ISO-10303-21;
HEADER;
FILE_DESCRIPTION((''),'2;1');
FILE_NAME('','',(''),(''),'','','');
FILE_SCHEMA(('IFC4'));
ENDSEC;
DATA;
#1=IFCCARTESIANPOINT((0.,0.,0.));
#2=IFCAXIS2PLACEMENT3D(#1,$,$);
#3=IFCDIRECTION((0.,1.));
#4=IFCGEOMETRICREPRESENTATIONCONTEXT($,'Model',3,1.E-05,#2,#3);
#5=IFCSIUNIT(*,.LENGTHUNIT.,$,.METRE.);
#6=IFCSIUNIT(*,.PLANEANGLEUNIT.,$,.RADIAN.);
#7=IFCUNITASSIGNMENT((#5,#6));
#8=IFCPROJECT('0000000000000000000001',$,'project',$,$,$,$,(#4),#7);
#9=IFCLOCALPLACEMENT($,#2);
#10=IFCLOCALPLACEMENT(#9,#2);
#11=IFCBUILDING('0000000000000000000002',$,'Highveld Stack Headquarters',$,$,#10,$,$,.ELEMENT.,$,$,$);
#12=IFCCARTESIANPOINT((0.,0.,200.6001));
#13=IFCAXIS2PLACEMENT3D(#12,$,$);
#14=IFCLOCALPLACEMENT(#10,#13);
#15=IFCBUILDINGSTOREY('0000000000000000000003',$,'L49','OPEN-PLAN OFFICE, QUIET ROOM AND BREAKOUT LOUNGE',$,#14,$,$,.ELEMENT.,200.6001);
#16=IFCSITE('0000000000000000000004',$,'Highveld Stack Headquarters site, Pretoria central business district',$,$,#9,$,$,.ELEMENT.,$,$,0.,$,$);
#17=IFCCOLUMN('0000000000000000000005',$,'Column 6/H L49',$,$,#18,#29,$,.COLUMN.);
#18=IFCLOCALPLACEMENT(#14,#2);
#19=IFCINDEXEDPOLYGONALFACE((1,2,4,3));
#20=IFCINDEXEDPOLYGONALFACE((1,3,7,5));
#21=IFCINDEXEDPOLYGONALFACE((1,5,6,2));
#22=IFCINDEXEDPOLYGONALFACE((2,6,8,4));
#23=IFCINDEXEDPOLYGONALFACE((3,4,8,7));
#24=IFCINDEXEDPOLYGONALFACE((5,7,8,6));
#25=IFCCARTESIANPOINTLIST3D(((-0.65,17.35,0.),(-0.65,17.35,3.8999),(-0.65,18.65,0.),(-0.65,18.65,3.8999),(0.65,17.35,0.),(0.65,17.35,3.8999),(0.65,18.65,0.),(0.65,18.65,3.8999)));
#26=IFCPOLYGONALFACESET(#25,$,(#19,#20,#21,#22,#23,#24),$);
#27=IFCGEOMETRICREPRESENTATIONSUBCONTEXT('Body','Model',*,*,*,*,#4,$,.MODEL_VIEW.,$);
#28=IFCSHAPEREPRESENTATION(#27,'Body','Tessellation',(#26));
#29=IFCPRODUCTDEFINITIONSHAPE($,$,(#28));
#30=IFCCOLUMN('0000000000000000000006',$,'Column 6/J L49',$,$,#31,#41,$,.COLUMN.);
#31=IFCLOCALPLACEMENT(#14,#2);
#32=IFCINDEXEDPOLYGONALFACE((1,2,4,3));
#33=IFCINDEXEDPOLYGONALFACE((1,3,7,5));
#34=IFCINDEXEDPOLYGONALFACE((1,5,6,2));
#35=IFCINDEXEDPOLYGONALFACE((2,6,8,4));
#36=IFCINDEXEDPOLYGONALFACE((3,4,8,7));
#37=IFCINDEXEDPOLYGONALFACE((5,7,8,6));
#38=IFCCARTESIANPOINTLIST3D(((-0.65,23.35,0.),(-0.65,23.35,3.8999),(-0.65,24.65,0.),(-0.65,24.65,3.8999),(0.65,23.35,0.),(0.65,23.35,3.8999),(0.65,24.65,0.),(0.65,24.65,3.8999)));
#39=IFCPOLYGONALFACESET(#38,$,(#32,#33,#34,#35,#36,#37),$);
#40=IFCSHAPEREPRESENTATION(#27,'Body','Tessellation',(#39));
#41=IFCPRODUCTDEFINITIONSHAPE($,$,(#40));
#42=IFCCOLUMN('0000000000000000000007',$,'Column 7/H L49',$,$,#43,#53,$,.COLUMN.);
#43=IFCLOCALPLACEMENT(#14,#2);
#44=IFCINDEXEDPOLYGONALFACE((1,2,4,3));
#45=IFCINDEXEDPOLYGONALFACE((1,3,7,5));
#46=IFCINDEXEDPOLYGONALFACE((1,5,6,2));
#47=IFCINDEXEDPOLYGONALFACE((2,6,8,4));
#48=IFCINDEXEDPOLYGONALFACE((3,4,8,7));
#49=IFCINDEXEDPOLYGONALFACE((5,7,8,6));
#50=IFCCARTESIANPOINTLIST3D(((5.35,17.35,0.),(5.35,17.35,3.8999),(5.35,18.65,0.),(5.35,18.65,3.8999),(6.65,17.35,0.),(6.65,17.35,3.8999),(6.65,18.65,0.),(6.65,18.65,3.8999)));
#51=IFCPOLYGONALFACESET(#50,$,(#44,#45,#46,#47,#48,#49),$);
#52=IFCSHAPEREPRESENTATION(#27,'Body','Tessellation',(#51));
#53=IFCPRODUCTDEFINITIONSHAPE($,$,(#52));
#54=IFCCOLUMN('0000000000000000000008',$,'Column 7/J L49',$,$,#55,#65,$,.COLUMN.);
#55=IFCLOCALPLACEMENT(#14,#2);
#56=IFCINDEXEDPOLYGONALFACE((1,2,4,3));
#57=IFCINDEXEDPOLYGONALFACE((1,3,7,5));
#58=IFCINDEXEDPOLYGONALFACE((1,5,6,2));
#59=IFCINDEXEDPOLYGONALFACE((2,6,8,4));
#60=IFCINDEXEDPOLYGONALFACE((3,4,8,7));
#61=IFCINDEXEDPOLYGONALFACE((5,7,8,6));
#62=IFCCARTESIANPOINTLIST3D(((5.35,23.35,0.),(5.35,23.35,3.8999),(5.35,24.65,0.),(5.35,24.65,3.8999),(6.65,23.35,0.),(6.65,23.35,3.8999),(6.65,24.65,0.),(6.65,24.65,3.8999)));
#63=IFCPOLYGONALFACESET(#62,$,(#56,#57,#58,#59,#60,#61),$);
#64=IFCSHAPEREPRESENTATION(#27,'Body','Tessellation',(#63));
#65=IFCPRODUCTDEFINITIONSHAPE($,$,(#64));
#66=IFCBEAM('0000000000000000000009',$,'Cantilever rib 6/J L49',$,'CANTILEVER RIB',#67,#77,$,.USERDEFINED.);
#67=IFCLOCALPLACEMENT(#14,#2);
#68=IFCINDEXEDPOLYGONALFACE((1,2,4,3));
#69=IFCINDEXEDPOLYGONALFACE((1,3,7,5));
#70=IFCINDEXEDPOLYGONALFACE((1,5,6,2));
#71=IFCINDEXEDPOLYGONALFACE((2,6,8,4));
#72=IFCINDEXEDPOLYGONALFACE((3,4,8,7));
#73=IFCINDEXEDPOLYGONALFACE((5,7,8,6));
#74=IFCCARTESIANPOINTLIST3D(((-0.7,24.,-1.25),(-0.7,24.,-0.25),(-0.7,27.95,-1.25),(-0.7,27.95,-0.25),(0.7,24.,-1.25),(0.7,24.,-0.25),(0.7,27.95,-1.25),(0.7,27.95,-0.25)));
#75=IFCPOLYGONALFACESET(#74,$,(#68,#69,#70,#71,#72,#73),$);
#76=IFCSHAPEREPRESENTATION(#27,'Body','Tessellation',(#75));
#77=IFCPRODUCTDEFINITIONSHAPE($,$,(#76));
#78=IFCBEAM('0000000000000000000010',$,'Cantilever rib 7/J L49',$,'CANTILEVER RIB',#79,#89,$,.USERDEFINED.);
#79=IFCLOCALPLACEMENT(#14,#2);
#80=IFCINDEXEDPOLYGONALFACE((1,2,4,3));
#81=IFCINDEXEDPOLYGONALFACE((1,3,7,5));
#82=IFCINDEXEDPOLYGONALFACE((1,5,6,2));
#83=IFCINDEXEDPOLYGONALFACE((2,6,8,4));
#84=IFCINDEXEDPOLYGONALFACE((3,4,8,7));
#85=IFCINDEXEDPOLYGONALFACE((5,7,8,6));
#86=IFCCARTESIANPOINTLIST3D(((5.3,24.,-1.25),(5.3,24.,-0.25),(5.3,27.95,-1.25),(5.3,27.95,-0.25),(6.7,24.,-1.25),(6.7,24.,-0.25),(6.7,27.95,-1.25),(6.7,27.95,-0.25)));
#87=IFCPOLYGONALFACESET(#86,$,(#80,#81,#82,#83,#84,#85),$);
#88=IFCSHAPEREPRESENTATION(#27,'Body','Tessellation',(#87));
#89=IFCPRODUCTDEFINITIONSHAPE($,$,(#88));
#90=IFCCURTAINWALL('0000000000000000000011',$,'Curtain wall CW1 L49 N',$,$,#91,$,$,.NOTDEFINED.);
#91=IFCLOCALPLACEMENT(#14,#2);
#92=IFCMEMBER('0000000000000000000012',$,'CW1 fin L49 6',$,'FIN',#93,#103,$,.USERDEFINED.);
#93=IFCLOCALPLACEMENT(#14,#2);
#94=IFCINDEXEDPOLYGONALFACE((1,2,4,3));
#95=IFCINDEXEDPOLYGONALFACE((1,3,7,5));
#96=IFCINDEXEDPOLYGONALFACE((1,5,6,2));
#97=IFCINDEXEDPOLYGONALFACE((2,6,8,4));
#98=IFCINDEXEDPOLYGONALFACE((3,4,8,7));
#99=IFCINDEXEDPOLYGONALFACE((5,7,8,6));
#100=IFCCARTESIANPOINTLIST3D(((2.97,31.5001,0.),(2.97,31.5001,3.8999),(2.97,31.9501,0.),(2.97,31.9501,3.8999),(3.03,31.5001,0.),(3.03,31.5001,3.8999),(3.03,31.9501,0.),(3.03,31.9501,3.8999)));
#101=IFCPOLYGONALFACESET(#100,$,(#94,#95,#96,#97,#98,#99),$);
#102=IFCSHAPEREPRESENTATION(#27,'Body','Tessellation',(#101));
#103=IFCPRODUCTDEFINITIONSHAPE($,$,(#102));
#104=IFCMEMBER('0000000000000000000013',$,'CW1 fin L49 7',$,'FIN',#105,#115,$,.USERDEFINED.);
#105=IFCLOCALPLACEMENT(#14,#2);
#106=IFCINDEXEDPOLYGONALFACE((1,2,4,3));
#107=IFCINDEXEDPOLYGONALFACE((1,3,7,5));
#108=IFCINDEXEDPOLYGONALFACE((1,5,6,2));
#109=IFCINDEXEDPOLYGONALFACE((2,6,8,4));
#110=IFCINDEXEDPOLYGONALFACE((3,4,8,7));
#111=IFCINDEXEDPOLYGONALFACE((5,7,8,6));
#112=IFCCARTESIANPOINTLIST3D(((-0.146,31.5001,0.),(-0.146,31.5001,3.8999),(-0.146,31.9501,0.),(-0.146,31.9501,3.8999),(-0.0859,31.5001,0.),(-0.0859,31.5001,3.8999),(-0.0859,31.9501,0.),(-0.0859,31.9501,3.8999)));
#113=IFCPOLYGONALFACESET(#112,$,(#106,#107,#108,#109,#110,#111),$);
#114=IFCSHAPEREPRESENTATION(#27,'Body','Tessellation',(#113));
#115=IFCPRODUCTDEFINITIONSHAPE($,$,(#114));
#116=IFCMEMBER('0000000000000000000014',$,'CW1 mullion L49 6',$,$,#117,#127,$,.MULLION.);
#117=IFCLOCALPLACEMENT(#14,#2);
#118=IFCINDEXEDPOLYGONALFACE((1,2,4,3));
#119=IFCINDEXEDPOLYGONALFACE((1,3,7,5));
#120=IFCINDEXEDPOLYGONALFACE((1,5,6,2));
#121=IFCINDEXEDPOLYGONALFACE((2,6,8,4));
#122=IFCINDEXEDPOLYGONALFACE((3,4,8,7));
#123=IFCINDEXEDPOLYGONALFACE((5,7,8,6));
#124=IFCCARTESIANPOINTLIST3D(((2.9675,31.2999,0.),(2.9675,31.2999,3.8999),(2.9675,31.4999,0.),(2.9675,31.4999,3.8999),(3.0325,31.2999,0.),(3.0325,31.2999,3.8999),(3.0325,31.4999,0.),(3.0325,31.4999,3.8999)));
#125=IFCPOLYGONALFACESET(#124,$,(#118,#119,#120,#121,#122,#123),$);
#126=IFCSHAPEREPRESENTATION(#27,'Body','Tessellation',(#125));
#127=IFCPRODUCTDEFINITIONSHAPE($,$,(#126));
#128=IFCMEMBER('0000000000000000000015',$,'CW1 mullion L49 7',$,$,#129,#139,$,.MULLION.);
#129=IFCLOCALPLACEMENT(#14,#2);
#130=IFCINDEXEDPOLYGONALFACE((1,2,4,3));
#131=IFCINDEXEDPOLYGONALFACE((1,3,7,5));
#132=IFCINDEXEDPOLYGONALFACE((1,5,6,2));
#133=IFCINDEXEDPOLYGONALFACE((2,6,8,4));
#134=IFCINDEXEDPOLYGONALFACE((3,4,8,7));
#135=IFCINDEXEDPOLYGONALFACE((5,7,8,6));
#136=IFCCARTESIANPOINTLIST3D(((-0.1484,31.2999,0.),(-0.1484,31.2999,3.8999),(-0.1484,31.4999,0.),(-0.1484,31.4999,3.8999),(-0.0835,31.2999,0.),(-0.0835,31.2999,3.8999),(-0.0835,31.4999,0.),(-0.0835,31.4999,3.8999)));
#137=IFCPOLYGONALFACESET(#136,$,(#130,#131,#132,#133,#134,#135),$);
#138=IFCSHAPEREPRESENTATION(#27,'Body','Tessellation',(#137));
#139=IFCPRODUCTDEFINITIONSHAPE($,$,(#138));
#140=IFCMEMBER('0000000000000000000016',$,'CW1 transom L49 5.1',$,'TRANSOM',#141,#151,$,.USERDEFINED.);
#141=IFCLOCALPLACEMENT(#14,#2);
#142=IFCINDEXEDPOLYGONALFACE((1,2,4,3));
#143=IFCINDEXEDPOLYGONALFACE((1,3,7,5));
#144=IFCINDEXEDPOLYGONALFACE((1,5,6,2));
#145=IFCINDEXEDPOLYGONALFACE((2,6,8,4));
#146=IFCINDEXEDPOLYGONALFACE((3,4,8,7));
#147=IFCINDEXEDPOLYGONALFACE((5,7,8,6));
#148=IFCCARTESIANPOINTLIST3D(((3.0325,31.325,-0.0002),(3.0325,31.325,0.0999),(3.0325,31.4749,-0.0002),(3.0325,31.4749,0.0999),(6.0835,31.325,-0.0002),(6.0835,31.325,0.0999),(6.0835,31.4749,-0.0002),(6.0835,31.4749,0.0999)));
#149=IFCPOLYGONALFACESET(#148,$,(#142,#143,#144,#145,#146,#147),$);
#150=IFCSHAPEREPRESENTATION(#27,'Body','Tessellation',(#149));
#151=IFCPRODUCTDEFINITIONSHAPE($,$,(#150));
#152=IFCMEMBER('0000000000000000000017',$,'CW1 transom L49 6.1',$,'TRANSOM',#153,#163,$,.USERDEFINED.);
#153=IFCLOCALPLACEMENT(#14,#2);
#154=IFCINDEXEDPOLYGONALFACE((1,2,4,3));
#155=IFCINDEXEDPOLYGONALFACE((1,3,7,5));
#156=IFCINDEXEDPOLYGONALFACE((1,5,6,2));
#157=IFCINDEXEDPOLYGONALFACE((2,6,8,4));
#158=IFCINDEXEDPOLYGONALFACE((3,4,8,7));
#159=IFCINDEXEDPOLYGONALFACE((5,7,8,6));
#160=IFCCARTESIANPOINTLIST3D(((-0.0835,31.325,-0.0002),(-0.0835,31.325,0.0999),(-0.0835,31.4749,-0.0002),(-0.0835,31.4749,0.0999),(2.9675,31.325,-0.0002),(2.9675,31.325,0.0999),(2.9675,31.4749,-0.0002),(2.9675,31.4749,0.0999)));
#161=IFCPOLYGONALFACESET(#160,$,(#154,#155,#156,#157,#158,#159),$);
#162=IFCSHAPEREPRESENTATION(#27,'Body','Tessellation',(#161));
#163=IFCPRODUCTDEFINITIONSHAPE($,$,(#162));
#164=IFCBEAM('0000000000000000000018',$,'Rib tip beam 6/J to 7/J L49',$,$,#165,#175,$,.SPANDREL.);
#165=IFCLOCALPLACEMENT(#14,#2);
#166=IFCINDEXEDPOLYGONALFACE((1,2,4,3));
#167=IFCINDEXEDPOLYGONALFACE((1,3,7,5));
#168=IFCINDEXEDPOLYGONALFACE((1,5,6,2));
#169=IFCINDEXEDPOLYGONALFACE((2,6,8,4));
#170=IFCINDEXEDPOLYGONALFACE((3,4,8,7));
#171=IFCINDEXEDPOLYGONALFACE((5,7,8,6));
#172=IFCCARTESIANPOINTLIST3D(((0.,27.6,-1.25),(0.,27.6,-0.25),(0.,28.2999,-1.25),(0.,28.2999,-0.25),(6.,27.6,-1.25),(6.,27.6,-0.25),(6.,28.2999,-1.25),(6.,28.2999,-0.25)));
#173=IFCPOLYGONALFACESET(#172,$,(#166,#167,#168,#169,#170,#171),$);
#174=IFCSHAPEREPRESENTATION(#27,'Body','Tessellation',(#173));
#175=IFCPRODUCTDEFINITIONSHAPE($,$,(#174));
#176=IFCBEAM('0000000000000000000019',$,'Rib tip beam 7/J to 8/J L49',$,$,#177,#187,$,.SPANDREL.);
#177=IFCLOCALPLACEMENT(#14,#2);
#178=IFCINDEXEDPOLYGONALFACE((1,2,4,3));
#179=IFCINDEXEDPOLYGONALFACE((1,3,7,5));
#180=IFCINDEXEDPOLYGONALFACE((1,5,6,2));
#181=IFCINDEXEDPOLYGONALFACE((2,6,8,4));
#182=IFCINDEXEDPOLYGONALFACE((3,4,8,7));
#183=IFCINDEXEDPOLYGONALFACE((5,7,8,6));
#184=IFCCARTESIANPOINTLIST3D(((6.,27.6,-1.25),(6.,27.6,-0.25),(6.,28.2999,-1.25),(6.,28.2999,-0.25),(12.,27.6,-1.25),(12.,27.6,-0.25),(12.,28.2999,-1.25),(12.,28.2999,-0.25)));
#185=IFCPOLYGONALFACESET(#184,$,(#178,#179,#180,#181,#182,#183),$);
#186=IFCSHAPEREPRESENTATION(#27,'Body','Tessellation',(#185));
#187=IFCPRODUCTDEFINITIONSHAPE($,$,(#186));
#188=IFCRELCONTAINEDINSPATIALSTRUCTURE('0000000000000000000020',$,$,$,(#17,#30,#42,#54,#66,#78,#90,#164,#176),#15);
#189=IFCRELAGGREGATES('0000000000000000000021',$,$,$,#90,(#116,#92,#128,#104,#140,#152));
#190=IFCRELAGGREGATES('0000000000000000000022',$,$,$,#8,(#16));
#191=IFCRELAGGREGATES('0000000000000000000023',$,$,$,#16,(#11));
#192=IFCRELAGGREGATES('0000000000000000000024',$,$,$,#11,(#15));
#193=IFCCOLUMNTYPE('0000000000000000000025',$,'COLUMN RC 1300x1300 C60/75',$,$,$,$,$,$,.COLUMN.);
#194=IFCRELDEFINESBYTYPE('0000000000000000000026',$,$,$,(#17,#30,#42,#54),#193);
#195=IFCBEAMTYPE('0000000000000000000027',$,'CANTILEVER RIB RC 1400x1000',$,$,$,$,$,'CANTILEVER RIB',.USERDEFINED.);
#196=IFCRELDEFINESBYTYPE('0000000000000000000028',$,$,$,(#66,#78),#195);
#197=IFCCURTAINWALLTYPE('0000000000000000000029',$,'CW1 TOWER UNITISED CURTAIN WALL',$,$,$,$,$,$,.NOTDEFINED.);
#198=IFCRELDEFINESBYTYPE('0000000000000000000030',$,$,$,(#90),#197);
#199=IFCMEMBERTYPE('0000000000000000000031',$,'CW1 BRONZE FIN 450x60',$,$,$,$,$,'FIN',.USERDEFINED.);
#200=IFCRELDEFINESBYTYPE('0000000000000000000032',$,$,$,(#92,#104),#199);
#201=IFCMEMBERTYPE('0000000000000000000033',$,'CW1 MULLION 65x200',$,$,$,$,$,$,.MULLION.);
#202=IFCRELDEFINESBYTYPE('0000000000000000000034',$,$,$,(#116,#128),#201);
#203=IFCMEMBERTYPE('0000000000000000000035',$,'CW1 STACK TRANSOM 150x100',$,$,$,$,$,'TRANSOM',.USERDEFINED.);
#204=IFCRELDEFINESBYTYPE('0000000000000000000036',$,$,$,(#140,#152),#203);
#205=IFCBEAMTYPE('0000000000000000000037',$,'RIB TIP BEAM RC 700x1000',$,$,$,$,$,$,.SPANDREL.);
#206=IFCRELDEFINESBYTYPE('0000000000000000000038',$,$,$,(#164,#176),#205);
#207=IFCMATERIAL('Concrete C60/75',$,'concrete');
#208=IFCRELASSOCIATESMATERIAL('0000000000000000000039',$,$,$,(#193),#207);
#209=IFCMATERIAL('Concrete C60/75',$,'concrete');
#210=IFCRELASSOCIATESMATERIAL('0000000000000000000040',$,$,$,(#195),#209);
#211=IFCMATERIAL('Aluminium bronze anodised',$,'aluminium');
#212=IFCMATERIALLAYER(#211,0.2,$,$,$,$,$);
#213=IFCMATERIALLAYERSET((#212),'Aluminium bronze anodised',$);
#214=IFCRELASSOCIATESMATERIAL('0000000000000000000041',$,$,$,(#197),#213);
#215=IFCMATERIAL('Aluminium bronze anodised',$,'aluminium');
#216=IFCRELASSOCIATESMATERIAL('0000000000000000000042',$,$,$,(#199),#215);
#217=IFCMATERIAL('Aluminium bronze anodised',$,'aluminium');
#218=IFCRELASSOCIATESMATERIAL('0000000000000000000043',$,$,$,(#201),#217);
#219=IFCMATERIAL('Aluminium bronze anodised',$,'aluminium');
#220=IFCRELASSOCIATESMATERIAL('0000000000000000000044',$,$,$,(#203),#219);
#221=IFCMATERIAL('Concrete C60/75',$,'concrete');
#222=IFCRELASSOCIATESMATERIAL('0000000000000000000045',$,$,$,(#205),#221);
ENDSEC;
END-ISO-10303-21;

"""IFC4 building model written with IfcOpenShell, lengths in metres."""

from ifc_helpers import new_model, si_unit, direction, frame, origin, origin_2d, place, context, subcontext, project, spatial, rectangle, extrude, material, layer, layer_set, material_profile, profile_set, type_object, element, aggregate, save


model = new_model("IFC4")

# Units and contexts
model_context = context("Model", 3, precision=1e-05, world=origin(), true_north=direction((0.0, 1.0)))
body_context = subcontext(model_context, "Body", "Model", "MODEL_VIEW")
ifc_project = project(units=[si_unit("LENGTHUNIT", "METRE"), si_unit("PLANEANGLEUNIT", "RADIAN")], contexts=[model_context])

# Site, building, storey
site_placement = place(None, origin())
site = spatial("IfcSite", under=ifc_project, at=site_placement, Name="Highveld Stack Headquarters site, Pretoria central business district", CompositionType="ELEMENT", RefElevation=0.0)
building_placement = place(site_placement, origin())
building = spatial("IfcBuilding", under=site, at=building_placement, Name="Highveld Stack Headquarters", CompositionType="ELEMENT")
storey_placement = place(building_placement, frame((0.0, 0.0, 200.6001)))
storey = spatial("IfcBuildingStorey", under=building, at=storey_placement, Name="L49", Description="OPEN-PLAN OFFICE, QUIET ROOM AND BREAKOUT LOUNGE", CompositionType="ELEMENT", Elevation=200.6001)

# Columns
ifc_material_1 = material(Name="Concrete C60/75", Category="concrete")
ifc_material_profile_1 = material_profile(ifc_material_1, rectangle(XDim=1.3, YDim=1.3, at=origin_2d()), Name="RC 1300x1300")
ifc_profile_set_1 = profile_set([ifc_material_profile_1], Name="Concrete C60/75")
column_type = type_object("IfcColumnType", Name="COLUMN RC 1300x1300 C60/75", PredefinedType="COLUMN", material=ifc_profile_set_1)
for number, where, z_axis, x_axis, name in (
    (1, (0.0, 18.0, 0.0), (0.0, 0.0, 1.0), (1.0, 0.0, 0.0), "Column 6/H L49"),
    (2, (0.0, 24.0, 0.0), (0.0, 0.0, 1.0), (1.0, 0.0, 0.0), "Column 6/J L49"),
    (3, (6.0, 18.0, 0.0), (0.0, 0.0, 1.0), (1.0, 0.0, 0.0), "Column 7/H L49"),
    (4, (6.0, 24.0, 0.0), (0.0, 0.0, 1.0), (1.0, 0.0, 0.0), "Column 7/J L49"),
):
    element("IfcColumn", number, at=place(storey_placement, frame(where, z_axis=z_axis, x_axis=x_axis)), inside=storey, type_object=column_type, Name=name, PredefinedType="COLUMN", context=body_context, shape_type="SweptSolid", body=[
        extrude(rectangle(XDim=1.3, YDim=1.3, at=origin_2d()), origin(), (0.0, 0.0, 1.0), 3.8999),
    ])

# Beams
ifc_material_2 = material(Name="Concrete C60/75", Category="concrete")
ifc_material_profile_2 = material_profile(ifc_material_2, rectangle(XDim=1.3999, YDim=1.0, at=origin_2d()), Name="RC 1400x1000")
ifc_profile_set_2 = profile_set([ifc_material_profile_2], Name="Concrete C60/75")
beam_type_1 = type_object("IfcBeamType", Name="CANTILEVER RIB RC 1400x1000", ElementType="CANTILEVER RIB", PredefinedType="USERDEFINED", material=ifc_profile_set_2)
for number, where, z_axis, x_axis, name in (
    (5, (0.0, 24.0, -0.75), (0.0, 1.0, 0.0), (-1.0, 0.0, 0.0), "Cantilever rib 6/J L49"),
    (6, (6.0, 24.0, -0.75), (0.0, 1.0, 0.0), (-1.0, 0.0, 0.0), "Cantilever rib 7/J L49"),
):
    element("IfcBeam", number, at=place(storey_placement, frame(where, z_axis=z_axis, x_axis=x_axis)), inside=storey, type_object=beam_type_1, Name=name, ObjectType="CANTILEVER RIB", PredefinedType="USERDEFINED", context=body_context, shape_type="SweptSolid", body=[
        extrude(rectangle(XDim=1.3999, YDim=1.0, at=origin_2d()), origin(), (0.0, 0.0, 1.0), 3.95),
    ])

# Curtain wall, members
ifc_material_3 = material(Name="Aluminium bronze anodised", Category="aluminium")
ifc_layer_1 = layer(ifc_material_3, 0.2)
ifc_layer_set_1 = layer_set([ifc_layer_1], Name="Aluminium bronze anodised")
curtain_wall_type = type_object("IfcCurtainWallType", Name="CW1 TOWER UNITISED CURTAIN WALL", PredefinedType="NOTDEFINED", material=ifc_layer_set_1)
curtain_wall_placement = place(storey_placement, origin())
curtain_wall = element("IfcCurtainWall", 7, at=curtain_wall_placement, inside=storey, type_object=curtain_wall_type, Name="Curtain wall CW1 L49 N", PredefinedType="NOTDEFINED")
ifc_material_4 = material(Name="Aluminium bronze anodised", Category="aluminium")
ifc_material_profile_3 = material_profile(ifc_material_4, rectangle(XDim=0.45, YDim=0.0601, at=origin_2d()), Name="FIN 450x60")
ifc_profile_set_3 = profile_set([ifc_material_profile_3], Name="Aluminium bronze anodised")
member_type_1 = type_object("IfcMemberType", Name="CW1 BRONZE FIN 450x60", ElementType="FIN", PredefinedType="USERDEFINED", material=ifc_profile_set_3)
member_1_placement = place(storey_placement, frame((3.0, 31.7251, 0.0), z_axis=(0.0, 0.0, 1.0), x_axis=(0.0, -1.0, 0.0)))
member_1 = element("IfcMember", 8, at=member_1_placement, type_object=member_type_1, Name="CW1 fin L49 6", ObjectType="FIN", PredefinedType="USERDEFINED", context=body_context, shape_type="SweptSolid", body=[
    extrude(rectangle(XDim=0.45, YDim=0.0601, at=origin_2d()), origin(), (0.0, 0.0, 1.0), 3.8999),
])
member_2_placement = place(storey_placement, frame((-0.116, 31.7251, 0.0), z_axis=(0.0, 0.0, 1.0), x_axis=(0.0, -1.0, 0.0)))
member_2 = element("IfcMember", 9, at=member_2_placement, type_object=member_type_1, Name="CW1 fin L49 7", ObjectType="FIN", PredefinedType="USERDEFINED", context=body_context, shape_type="SweptSolid", body=[
    extrude(rectangle(XDim=0.45, YDim=0.0601, at=origin_2d()), origin(), (0.0, 0.0, 1.0), 3.8999),
])
ifc_material_5 = material(Name="Aluminium bronze anodised", Category="aluminium")
ifc_material_profile_4 = material_profile(ifc_material_5, rectangle(XDim=0.2, YDim=0.0649, at=origin_2d()), Name="CW1 MULLION 65x200")
ifc_profile_set_4 = profile_set([ifc_material_profile_4], Name="Aluminium bronze anodised")
member_type_2 = type_object("IfcMemberType", Name="CW1 MULLION 65x200", PredefinedType="MULLION", material=ifc_profile_set_4)
member_3_placement = place(storey_placement, frame((3.0, 31.3999, 0.0), z_axis=(0.0, 0.0, 1.0), x_axis=(0.0, -1.0, 0.0)))
member_3 = element("IfcMember", 10, at=member_3_placement, type_object=member_type_2, Name="CW1 mullion L49 6", PredefinedType="MULLION", context=body_context, shape_type="SweptSolid", body=[
    extrude(rectangle(XDim=0.2, YDim=0.0649, at=origin_2d()), origin(), (0.0, 0.0, 1.0), 3.8999),
])
member_4_placement = place(storey_placement, frame((-0.116, 31.3999, 0.0), z_axis=(0.0, 0.0, 1.0), x_axis=(0.0, -1.0, 0.0)))
member_4 = element("IfcMember", 11, at=member_4_placement, type_object=member_type_2, Name="CW1 mullion L49 7", PredefinedType="MULLION", context=body_context, shape_type="SweptSolid", body=[
    extrude(rectangle(XDim=0.2, YDim=0.0649, at=origin_2d()), origin(), (0.0, 0.0, 1.0), 3.8999),
])
ifc_material_6 = material(Name="Aluminium bronze anodised", Category="aluminium")
ifc_material_profile_5 = material_profile(ifc_material_6, rectangle(XDim=0.1499, YDim=0.1001, at=origin_2d()), Name="CW1 TRANSOM 150x100")
ifc_profile_set_5 = profile_set([ifc_material_profile_5], Name="Aluminium bronze anodised")
member_type_3 = type_object("IfcMemberType", Name="CW1 STACK TRANSOM 150x100", ElementType="TRANSOM", PredefinedType="USERDEFINED", material=ifc_profile_set_5)
member_5_placement = place(storey_placement, frame((6.0835, 31.3999, 0.0498), z_axis=(-1.0, 0.0, 0.0), x_axis=(0.0, -1.0, 0.0)))
member_5 = element("IfcMember", 12, at=member_5_placement, type_object=member_type_3, Name="CW1 transom L49 5.1", ObjectType="TRANSOM", PredefinedType="USERDEFINED", context=body_context, shape_type="SweptSolid", body=[
    extrude(rectangle(XDim=0.1499, YDim=0.1001, at=origin_2d()), origin(), (0.0, 0.0, 1.0), 3.051),
])
member_6_placement = place(storey_placement, frame((2.9675, 31.3999, 0.0498), z_axis=(-1.0, 0.0, 0.0), x_axis=(0.0, -1.0, 0.0)))
member_6 = element("IfcMember", 13, at=member_6_placement, type_object=member_type_3, Name="CW1 transom L49 6.1", ObjectType="TRANSOM", PredefinedType="USERDEFINED", context=body_context, shape_type="SweptSolid", body=[
    extrude(rectangle(XDim=0.1499, YDim=0.1001, at=origin_2d()), origin(), (0.0, 0.0, 1.0), 3.051),
])

# Beams
ifc_material_7 = material(Name="Concrete C60/75", Category="concrete")
ifc_material_profile_6 = material_profile(ifc_material_7, rectangle(XDim=0.7, YDim=1.0, at=origin_2d()), Name="RC 700x1000")
ifc_profile_set_6 = profile_set([ifc_material_profile_6], Name="Concrete C60/75")
beam_type_2 = type_object("IfcBeamType", Name="RIB TIP BEAM RC 700x1000", PredefinedType="SPANDREL", material=ifc_profile_set_6)
for number, where, z_axis, x_axis, name in (
    (14, (0.0, 27.95, -0.75), (1.0, 0.0, 0.0), (0.0, 1.0, 0.0), "Rib tip beam 6/J to 7/J L49"),
    (15, (6.0, 27.95, -0.75), (1.0, 0.0, 0.0), (0.0, 1.0, 0.0), "Rib tip beam 7/J to 8/J L49"),
):
    element("IfcBeam", number, at=place(storey_placement, frame(where, z_axis=z_axis, x_axis=x_axis)), inside=storey, type_object=beam_type_2, Name=name, PredefinedType="SPANDREL", context=body_context, shape_type="SweptSolid", body=[
        extrude(rectangle(XDim=0.7, YDim=1.0, at=origin_2d()), origin(), (0.0, 0.0, 1.0), 6.0),
    ])

aggregate(curtain_wall, [member_3, member_1, member_4, member_2, member_5, member_6])

save(model, "model.ifc")
